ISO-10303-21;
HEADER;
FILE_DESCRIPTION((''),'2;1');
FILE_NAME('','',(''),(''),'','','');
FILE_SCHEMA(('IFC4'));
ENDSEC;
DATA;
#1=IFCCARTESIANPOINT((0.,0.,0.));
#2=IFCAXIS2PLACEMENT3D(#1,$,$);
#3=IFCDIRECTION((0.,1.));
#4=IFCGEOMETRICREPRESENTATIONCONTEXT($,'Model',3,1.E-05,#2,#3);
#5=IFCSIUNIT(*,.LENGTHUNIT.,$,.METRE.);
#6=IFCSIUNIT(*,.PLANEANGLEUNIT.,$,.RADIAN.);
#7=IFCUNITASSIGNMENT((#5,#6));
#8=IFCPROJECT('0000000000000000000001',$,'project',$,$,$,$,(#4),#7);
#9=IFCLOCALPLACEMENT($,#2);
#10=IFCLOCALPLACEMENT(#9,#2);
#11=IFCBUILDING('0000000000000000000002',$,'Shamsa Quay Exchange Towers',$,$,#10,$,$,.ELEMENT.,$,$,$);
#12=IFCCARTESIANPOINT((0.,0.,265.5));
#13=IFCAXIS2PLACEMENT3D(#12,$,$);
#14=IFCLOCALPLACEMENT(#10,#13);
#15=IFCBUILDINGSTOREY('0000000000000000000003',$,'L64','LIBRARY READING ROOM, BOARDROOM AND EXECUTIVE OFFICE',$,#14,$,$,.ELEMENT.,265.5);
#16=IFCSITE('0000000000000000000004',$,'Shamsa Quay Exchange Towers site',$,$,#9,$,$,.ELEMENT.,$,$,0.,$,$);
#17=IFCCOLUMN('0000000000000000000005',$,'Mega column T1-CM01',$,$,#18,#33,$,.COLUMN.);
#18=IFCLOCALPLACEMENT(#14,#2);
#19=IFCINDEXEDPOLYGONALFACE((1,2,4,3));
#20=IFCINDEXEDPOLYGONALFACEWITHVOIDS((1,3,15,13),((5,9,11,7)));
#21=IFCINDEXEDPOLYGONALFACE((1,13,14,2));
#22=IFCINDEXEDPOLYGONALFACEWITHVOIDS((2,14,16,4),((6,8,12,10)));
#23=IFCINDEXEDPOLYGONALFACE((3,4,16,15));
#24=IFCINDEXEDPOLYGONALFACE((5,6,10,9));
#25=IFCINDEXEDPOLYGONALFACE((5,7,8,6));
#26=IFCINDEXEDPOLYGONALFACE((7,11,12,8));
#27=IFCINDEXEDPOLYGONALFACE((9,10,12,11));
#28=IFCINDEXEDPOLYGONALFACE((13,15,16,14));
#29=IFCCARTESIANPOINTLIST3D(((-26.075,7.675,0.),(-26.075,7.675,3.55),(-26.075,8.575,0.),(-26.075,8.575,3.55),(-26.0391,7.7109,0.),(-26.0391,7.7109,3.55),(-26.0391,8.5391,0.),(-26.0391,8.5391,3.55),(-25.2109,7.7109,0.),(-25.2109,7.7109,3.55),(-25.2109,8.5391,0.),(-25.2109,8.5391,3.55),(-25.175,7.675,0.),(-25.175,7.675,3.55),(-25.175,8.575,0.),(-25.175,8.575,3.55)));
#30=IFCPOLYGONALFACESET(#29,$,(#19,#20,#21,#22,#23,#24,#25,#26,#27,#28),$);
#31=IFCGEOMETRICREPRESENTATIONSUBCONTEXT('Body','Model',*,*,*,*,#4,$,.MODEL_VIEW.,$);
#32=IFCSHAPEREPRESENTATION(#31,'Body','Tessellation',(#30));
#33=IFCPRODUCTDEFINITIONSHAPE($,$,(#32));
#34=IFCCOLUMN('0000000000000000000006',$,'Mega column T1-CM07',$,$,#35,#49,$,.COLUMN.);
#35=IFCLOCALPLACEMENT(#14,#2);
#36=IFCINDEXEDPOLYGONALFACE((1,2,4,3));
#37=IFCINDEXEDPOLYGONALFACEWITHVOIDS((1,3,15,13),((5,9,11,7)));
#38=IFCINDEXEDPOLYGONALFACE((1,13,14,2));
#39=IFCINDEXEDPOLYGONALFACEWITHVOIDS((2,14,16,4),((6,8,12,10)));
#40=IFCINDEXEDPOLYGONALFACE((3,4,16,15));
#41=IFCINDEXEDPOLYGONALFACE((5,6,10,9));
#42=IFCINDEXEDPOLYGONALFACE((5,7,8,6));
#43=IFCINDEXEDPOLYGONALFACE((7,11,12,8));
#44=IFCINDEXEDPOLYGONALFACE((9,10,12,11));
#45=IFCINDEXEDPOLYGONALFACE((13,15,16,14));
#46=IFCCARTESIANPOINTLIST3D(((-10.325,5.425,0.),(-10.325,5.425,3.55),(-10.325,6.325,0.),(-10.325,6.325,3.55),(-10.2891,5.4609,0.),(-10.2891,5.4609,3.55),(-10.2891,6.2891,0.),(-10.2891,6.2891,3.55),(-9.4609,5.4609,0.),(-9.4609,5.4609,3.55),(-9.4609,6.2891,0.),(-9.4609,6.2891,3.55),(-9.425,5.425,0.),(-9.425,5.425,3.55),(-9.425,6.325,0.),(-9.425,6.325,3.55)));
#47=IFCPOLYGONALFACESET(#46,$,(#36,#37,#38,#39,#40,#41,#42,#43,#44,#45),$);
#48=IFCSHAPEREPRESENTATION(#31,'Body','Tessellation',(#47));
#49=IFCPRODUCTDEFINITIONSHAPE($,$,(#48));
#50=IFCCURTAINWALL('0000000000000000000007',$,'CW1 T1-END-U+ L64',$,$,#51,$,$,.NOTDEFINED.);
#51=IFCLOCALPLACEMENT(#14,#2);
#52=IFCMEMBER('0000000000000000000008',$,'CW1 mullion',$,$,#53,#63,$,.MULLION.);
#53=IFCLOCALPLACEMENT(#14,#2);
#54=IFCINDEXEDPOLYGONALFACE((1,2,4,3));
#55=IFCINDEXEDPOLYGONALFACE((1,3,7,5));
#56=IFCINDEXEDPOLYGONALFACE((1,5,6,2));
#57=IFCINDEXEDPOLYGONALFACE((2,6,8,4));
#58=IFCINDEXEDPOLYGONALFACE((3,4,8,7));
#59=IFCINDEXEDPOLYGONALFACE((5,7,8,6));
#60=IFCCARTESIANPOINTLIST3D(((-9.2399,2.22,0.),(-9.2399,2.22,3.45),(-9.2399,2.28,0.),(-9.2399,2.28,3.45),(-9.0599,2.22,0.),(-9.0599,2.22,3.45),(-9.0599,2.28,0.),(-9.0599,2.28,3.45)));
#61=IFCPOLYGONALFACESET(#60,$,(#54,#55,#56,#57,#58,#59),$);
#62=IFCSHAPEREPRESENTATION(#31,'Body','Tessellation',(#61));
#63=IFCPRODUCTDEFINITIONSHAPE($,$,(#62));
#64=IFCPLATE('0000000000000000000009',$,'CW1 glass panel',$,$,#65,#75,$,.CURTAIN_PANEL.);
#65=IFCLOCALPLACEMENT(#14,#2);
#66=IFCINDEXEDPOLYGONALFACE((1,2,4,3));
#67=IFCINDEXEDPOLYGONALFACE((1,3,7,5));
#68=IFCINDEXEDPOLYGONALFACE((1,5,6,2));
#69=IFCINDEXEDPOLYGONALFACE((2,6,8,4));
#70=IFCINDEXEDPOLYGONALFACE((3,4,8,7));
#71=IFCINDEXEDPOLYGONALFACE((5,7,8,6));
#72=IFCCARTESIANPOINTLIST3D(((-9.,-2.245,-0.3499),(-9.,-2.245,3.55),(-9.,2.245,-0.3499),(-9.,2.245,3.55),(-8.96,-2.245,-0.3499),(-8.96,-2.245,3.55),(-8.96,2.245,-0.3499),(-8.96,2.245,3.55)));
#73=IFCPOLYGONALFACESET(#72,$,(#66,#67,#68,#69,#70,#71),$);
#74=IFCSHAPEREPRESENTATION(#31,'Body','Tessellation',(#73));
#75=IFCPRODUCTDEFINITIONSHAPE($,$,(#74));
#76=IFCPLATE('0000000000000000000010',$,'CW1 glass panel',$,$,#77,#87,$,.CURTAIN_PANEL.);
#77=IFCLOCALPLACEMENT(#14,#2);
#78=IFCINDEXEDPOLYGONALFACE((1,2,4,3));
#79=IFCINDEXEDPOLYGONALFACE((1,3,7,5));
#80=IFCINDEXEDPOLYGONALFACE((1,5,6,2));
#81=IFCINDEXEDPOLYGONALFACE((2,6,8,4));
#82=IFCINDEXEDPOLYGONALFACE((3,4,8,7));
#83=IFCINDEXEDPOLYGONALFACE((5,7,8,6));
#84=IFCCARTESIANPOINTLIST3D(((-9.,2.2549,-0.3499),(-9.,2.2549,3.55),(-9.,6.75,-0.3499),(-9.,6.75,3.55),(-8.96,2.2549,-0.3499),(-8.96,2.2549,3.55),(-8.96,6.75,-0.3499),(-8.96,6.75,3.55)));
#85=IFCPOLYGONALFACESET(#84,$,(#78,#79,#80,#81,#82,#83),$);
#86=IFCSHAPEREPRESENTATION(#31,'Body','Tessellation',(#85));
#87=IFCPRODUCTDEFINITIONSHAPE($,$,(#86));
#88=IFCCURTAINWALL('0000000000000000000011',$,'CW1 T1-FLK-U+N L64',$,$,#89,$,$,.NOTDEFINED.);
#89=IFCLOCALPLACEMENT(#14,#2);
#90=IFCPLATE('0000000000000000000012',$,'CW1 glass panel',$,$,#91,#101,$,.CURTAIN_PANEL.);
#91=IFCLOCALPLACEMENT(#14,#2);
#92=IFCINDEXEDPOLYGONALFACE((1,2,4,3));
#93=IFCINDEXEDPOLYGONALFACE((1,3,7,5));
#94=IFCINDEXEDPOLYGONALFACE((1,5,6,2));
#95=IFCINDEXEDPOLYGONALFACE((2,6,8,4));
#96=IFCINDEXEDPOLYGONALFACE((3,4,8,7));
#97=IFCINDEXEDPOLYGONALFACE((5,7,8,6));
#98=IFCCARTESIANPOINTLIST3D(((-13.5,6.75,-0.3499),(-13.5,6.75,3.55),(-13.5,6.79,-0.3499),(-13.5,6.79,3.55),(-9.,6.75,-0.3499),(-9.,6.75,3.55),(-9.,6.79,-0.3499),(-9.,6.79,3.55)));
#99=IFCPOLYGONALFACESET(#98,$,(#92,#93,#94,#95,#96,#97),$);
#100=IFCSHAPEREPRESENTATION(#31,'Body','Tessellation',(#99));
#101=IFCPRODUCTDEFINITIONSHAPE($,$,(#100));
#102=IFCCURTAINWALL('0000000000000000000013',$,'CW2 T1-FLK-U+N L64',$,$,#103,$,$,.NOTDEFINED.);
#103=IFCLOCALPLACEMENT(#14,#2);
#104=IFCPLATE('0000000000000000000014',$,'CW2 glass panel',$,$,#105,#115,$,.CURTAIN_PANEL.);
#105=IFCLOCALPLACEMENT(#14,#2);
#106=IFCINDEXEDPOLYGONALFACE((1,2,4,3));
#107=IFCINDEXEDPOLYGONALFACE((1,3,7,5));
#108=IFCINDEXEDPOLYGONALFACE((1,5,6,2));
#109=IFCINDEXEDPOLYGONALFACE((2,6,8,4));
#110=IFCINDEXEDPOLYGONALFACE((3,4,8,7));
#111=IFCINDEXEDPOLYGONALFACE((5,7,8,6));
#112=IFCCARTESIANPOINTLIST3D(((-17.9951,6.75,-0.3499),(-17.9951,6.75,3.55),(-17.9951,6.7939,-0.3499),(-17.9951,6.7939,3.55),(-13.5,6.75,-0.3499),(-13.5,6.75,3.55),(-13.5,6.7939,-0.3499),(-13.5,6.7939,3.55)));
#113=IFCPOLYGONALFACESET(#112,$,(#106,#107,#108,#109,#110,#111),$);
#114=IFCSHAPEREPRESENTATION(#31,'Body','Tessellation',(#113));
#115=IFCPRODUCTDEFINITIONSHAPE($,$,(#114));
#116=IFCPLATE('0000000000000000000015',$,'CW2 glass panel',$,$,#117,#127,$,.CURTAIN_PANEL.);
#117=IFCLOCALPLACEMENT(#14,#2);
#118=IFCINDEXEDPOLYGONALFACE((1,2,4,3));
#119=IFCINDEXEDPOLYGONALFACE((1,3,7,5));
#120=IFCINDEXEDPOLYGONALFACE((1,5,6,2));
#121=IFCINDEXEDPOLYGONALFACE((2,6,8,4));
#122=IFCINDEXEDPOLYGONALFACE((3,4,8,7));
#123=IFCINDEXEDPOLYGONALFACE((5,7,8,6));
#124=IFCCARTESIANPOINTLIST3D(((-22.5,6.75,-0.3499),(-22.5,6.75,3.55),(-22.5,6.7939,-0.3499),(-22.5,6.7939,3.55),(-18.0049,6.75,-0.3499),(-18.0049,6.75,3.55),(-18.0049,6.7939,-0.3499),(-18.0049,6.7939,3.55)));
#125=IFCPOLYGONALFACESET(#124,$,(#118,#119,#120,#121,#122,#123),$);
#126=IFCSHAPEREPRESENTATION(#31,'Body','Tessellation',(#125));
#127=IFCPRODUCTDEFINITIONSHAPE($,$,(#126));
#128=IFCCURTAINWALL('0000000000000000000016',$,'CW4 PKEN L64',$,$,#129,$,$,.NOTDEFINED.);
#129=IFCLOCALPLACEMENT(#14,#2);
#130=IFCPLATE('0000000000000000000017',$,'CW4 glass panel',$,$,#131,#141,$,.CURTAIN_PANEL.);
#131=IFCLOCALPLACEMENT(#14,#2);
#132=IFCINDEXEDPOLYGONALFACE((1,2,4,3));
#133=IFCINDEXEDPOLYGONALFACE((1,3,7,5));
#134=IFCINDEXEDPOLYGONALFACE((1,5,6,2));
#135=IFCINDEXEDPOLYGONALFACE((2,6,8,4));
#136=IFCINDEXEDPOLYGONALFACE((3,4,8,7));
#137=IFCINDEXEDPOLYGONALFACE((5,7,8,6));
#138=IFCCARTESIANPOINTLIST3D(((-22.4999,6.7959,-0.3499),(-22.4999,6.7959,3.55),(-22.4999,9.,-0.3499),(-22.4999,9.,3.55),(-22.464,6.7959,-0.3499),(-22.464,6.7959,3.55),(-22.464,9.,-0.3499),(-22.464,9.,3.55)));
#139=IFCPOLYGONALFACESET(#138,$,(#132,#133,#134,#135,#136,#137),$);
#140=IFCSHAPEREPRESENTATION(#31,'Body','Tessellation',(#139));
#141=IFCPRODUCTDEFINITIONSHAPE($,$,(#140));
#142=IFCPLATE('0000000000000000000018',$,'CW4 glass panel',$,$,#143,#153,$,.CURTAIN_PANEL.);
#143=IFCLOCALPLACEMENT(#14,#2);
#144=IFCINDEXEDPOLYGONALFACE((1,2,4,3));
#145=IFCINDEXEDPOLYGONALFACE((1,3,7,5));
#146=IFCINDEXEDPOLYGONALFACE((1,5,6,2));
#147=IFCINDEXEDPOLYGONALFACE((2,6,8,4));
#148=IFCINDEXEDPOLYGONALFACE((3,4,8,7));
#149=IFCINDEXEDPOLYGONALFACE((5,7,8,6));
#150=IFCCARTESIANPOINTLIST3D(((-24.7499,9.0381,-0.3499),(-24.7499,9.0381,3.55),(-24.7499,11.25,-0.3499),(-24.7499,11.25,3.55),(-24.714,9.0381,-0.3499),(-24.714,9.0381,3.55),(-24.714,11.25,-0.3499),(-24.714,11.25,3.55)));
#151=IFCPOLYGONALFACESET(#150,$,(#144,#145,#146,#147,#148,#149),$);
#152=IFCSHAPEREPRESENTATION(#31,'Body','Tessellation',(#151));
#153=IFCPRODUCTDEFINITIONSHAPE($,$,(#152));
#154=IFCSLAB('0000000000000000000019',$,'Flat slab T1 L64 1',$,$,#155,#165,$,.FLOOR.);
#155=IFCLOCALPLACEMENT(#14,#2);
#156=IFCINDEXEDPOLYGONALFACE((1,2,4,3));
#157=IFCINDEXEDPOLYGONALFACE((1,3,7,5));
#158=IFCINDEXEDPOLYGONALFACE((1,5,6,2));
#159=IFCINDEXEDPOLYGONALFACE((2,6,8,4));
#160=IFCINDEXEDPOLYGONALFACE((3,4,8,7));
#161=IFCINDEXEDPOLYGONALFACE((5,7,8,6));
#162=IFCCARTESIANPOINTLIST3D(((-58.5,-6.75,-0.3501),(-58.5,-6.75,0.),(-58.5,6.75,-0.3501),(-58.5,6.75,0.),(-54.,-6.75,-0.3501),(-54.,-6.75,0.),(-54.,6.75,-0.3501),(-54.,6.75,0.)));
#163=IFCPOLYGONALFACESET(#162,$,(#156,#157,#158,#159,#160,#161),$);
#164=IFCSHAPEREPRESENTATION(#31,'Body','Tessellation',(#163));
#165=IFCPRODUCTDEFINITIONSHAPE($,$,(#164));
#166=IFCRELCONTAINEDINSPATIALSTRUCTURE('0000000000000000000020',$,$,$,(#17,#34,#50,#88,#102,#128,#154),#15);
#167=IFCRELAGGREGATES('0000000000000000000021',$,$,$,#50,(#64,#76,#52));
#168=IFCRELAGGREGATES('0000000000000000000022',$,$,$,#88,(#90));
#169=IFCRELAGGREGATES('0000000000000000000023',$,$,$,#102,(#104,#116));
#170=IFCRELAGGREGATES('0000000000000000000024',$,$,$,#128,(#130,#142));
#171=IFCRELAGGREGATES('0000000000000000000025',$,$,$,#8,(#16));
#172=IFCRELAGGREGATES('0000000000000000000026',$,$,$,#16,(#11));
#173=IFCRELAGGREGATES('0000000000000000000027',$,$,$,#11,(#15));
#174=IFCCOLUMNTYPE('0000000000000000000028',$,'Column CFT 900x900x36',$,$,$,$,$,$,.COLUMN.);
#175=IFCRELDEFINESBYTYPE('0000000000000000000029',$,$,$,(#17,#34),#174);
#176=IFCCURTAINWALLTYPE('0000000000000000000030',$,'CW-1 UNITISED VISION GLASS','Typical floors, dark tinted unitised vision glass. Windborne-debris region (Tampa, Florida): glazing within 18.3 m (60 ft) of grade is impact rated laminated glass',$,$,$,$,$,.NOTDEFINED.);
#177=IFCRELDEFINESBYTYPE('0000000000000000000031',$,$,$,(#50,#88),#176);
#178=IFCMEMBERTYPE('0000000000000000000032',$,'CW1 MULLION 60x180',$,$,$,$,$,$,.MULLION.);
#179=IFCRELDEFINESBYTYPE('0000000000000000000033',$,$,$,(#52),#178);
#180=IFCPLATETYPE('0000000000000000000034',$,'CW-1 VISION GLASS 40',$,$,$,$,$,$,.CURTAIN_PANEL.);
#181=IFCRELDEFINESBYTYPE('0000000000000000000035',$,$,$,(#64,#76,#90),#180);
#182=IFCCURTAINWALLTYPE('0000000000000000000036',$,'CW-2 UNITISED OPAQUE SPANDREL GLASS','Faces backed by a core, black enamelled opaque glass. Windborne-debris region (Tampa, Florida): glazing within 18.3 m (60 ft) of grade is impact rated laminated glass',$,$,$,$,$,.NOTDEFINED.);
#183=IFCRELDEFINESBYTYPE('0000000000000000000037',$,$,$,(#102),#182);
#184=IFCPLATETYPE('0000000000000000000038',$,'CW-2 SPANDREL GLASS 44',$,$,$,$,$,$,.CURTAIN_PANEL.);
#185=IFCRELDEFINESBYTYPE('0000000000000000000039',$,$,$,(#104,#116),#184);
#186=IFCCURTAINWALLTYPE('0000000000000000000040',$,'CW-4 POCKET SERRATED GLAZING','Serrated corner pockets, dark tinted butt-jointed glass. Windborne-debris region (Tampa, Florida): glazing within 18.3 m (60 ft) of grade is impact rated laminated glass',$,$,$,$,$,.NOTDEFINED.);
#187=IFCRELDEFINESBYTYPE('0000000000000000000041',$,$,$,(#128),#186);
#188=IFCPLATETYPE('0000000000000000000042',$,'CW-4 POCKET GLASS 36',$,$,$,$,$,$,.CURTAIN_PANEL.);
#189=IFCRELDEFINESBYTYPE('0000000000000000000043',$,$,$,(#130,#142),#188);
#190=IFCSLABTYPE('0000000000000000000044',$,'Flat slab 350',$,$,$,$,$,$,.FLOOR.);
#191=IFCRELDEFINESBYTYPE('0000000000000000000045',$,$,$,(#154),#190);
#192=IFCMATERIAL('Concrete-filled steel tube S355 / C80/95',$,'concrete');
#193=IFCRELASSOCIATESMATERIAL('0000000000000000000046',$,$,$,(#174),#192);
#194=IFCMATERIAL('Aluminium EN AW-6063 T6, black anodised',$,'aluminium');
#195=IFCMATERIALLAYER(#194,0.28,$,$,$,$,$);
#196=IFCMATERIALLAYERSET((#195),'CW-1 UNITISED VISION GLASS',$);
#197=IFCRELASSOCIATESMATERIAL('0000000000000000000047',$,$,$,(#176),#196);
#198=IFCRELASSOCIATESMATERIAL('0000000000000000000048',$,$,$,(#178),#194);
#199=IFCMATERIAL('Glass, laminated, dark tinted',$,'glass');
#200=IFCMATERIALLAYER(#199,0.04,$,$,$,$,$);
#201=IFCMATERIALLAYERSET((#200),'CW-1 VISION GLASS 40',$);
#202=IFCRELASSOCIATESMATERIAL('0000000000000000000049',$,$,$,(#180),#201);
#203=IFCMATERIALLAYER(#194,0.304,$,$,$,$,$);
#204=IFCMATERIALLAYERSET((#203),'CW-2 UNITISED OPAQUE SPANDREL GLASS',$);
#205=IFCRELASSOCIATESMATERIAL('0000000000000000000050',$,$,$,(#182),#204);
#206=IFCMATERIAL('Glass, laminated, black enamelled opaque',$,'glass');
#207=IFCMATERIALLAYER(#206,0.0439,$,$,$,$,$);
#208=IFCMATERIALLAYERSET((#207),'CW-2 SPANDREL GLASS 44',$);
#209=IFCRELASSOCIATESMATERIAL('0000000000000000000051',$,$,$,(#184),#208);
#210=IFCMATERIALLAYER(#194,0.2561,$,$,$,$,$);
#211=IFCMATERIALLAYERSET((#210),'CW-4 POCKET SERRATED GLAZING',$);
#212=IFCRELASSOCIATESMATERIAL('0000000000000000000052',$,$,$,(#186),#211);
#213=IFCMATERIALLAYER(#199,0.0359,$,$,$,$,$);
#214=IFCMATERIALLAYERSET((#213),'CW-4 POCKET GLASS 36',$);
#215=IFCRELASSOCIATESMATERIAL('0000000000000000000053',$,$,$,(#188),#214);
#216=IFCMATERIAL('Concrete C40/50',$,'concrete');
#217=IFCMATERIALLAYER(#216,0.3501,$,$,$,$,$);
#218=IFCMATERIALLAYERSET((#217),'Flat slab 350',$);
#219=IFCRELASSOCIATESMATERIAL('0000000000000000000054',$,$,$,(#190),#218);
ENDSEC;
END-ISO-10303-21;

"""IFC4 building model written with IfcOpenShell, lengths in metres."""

from ifc_helpers import new_model, si_unit, direction, frame, origin, origin_2d, place, context, subcontext, project, spatial, polyline, rectangle, hollow_rectangle, outline, extrude, material, layer, layer_set, material_profile, profile_set, type_object, element, aggregate, save


model = new_model("IFC4")

# Units and contexts
model_context = context("Model", 3, precision=1e-05, world=origin(), true_north=direction((0.0, 1.0)))
body_context = subcontext(model_context, "Body", "Model", "MODEL_VIEW")
ifc_project = project(units=[si_unit("LENGTHUNIT", "METRE"), si_unit("PLANEANGLEUNIT", "RADIAN")], contexts=[model_context])

# Site, building, storey
site_placement = place(None, origin())
site = spatial("IfcSite", under=ifc_project, at=site_placement, Name="Shamsa Quay Exchange Towers site", CompositionType="ELEMENT", RefElevation=0.0)
building_placement = place(site_placement, origin())
building = spatial("IfcBuilding", under=site, at=building_placement, Name="Shamsa Quay Exchange Towers", CompositionType="ELEMENT")
storey_placement = place(building_placement, frame((0.0, 0.0, 265.5)))
storey = spatial("IfcBuildingStorey", under=building, at=storey_placement, Name="L64", Description="LIBRARY READING ROOM, BOARDROOM AND EXECUTIVE OFFICE", CompositionType="ELEMENT", Elevation=265.5)

# Columns
ifc_material_1 = material(Name="Concrete-filled steel tube S355 / C80/95", Category="concrete")
ifc_material_profile_1 = material_profile(ifc_material_1, hollow_rectangle(XDim=0.8999, YDim=0.8999, WallThickness=0.0359, at=origin_2d()), Name="CFT 900x900x36")
ifc_profile_set_1 = profile_set([ifc_material_profile_1], Name="Concrete-filled steel tube S355 / C80/95")
column_type = type_object("IfcColumnType", Name="Column CFT 900x900x36", PredefinedType="COLUMN", material=ifc_profile_set_1)
for number, where, name in (
    (1, (-25.625, 8.125, 0.0), "Mega column T1-CM01"),
    (2, (-9.875, 5.875, 0.0), "Mega column T1-CM07"),
):
    element("IfcColumn", number, at=place(storey_placement, frame(where)), inside=storey, type_object=column_type, Name=name, PredefinedType="COLUMN", context=body_context, shape_type="SweptSolid", body=[
        extrude(hollow_rectangle(XDim=0.8999, YDim=0.8999, WallThickness=0.0359, at=origin_2d()), origin(), (0.0, 0.0, 1.0), 3.55),
    ])

# Curtain wall, member, plates
ifc_material_2 = material(Name="Aluminium EN AW-6063 T6, black anodised", Category="aluminium")
ifc_layer_1 = layer(ifc_material_2, 0.28)
ifc_layer_set_1 = layer_set([ifc_layer_1], Name="CW-1 UNITISED VISION GLASS")
curtain_wall_type_1 = type_object("IfcCurtainWallType", Name="CW-1 UNITISED VISION GLASS", Description="Typical floors, dark tinted unitised vision glass. Windborne-debris region (Tampa, Florida): glazing within 18.3 m (60 ft) of grade is impact rated laminated glass", PredefinedType="NOTDEFINED", material=ifc_layer_set_1)
curtain_wall_1_placement = place(storey_placement, origin())
curtain_wall_1 = element("IfcCurtainWall", 3, at=curtain_wall_1_placement, inside=storey, type_object=curtain_wall_type_1, Name="CW1 T1-END-U+ L64", PredefinedType="NOTDEFINED")
ifc_material_profile_2 = material_profile(ifc_material_2, rectangle(XDim=0.1799, YDim=0.0601, at=origin_2d()), Name="MU60x180")
ifc_profile_set_2 = profile_set([ifc_material_profile_2], Name="Aluminium EN AW-6063 T6, black anodised")
member_type = type_object("IfcMemberType", Name="CW1 MULLION 60x180", PredefinedType="MULLION", material=ifc_profile_set_2)
member_placement = place(storey_placement, frame((-9.1499, 2.25, 0.0), z_axis=(0.0, 0.0, 1.0), x_axis=(-1.0, 0.0, 0.0)))
member = element("IfcMember", 4, at=member_placement, type_object=member_type, Name="CW1 mullion", PredefinedType="MULLION", context=body_context, shape_type="SweptSolid", body=[
    extrude(rectangle(XDim=0.1799, YDim=0.0601, at=origin_2d()), origin(), (0.0, 0.0, 1.0), 3.45),
])
ifc_material_3 = material(Name="Glass, laminated, dark tinted", Category="glass")
ifc_layer_2 = layer(ifc_material_3, 0.04)
ifc_layer_set_2 = layer_set([ifc_layer_2], Name="CW-1 VISION GLASS 40")
plate_type_1 = type_object("IfcPlateType", Name="CW-1 VISION GLASS 40", PredefinedType="CURTAIN_PANEL", material=ifc_layer_set_2)
plate_1_placement = place(storey_placement, frame((-8.98, 0.0, -0.3499), z_axis=(0.0, 0.0, 1.0), x_axis=(0.0, 1.0, 0.0)))
plate_1 = element("IfcPlate", 5, at=plate_1_placement, type_object=plate_type_1, Name="CW1 glass panel", PredefinedType="CURTAIN_PANEL", context=body_context, shape_type="SweptSolid", body=[
    extrude(rectangle(XDim=4.49, YDim=0.04, at=origin_2d()), origin(), (0.0, 0.0, 1.0), 3.8999),
])
plate_2_placement = place(storey_placement, frame((-8.98, 4.5024, -0.3499), z_axis=(0.0, 0.0, 1.0), x_axis=(0.0, 1.0, 0.0)))
plate_2 = element("IfcPlate", 6, at=plate_2_placement, type_object=plate_type_1, Name="CW1 glass panel", PredefinedType="CURTAIN_PANEL", context=body_context, shape_type="SweptSolid", body=[
    extrude(rectangle(XDim=4.4951, YDim=0.04, at=origin_2d()), origin(), (0.0, 0.0, 1.0), 3.8999),
])
aggregate(curtain_wall_1, [plate_1, plate_2, member])

# Curtain wall, plate
curtain_wall_2_placement = place(storey_placement, origin())
curtain_wall_2 = element("IfcCurtainWall", 7, at=curtain_wall_2_placement, inside=storey, type_object=curtain_wall_type_1, Name="CW1 T1-FLK-U+N L64", PredefinedType="NOTDEFINED")
plate_3_placement = place(storey_placement, frame((-11.25, 6.77, -0.3499), z_axis=(0.0, 0.0, 1.0), x_axis=(-1.0, 0.0, 0.0)))
plate_3 = element("IfcPlate", 8, at=plate_3_placement, type_object=plate_type_1, Name="CW1 glass panel", PredefinedType="CURTAIN_PANEL", context=body_context, shape_type="SweptSolid", body=[
    extrude(rectangle(XDim=4.5, YDim=0.04, at=origin_2d()), origin(), (0.0, 0.0, 1.0), 3.8999),
])
aggregate(curtain_wall_2, [plate_3])

# Curtain walls, plates
ifc_layer_3 = layer(ifc_material_2, 0.304)
ifc_layer_set_3 = layer_set([ifc_layer_3], Name="CW-2 UNITISED OPAQUE SPANDREL GLASS")
curtain_wall_type_2 = type_object("IfcCurtainWallType", Name="CW-2 UNITISED OPAQUE SPANDREL GLASS", Description="Faces backed by a core, black enamelled opaque glass. Windborne-debris region (Tampa, Florida): glazing within 18.3 m (60 ft) of grade is impact rated laminated glass", PredefinedType="NOTDEFINED", material=ifc_layer_set_3)
curtain_wall_3_placement = place(storey_placement, origin())
curtain_wall_3 = element("IfcCurtainWall", 9, at=curtain_wall_3_placement, inside=storey, type_object=curtain_wall_type_2, Name="CW2 T1-FLK-U+N L64", PredefinedType="NOTDEFINED")
ifc_material_4 = material(Name="Glass, laminated, black enamelled opaque", Category="glass")
ifc_layer_4 = layer(ifc_material_4, 0.0439)
ifc_layer_set_4 = layer_set([ifc_layer_4], Name="CW-2 SPANDREL GLASS 44")
plate_type_2 = type_object("IfcPlateType", Name="CW-2 SPANDREL GLASS 44", PredefinedType="CURTAIN_PANEL", material=ifc_layer_set_4)
plate_4_placement = place(storey_placement, frame((-15.7476, 6.772, -0.3499), z_axis=(0.0, 0.0, 1.0), x_axis=(-1.0, 0.0, 0.0)))
plate_4 = element("IfcPlate", 10, at=plate_4_placement, type_object=plate_type_2, Name="CW2 glass panel", PredefinedType="CURTAIN_PANEL", context=body_context, shape_type="SweptSolid", body=[
    extrude(rectangle(XDim=4.4951, YDim=0.0439, at=origin_2d()), origin(), (0.0, 0.0, 1.0), 3.8999),
])
plate_5_placement = place(storey_placement, frame((-20.2524, 6.772, -0.3499), z_axis=(0.0, 0.0, 1.0), x_axis=(-1.0, 0.0, 0.0)))
plate_5 = element("IfcPlate", 11, at=plate_5_placement, type_object=plate_type_2, Name="CW2 glass panel", PredefinedType="CURTAIN_PANEL", context=body_context, shape_type="SweptSolid", body=[
    extrude(rectangle(XDim=4.4951, YDim=0.0439, at=origin_2d()), origin(), (0.0, 0.0, 1.0), 3.8999),
])
aggregate(curtain_wall_3, [plate_4, plate_5])
ifc_layer_5 = layer(ifc_material_2, 0.2561)
ifc_layer_set_5 = layer_set([ifc_layer_5], Name="CW-4 POCKET SERRATED GLAZING")
curtain_wall_type_3 = type_object("IfcCurtainWallType", Name="CW-4 POCKET SERRATED GLAZING", Description="Serrated corner pockets, dark tinted butt-jointed glass. Windborne-debris region (Tampa, Florida): glazing within 18.3 m (60 ft) of grade is impact rated laminated glass", PredefinedType="NOTDEFINED", material=ifc_layer_set_5)
curtain_wall_4_placement = place(storey_placement, origin())
curtain_wall_4 = element("IfcCurtainWall", 12, at=curtain_wall_4_placement, inside=storey, type_object=curtain_wall_type_3, Name="CW4 PKEN L64", PredefinedType="NOTDEFINED")
ifc_layer_6 = layer(ifc_material_3, 0.0359)
ifc_layer_set_6 = layer_set([ifc_layer_6], Name="CW-4 POCKET GLASS 36")
plate_type_3 = type_object("IfcPlateType", Name="CW-4 POCKET GLASS 36", PredefinedType="CURTAIN_PANEL", material=ifc_layer_set_6)
plate_6_placement = place(storey_placement, frame((-22.4819, 7.8979, -0.3499), z_axis=(0.0, 0.0, 1.0), x_axis=(0.0, 1.0, 0.0)))
plate_6 = element("IfcPlate", 13, at=plate_6_placement, type_object=plate_type_3, Name="CW4 glass panel", PredefinedType="CURTAIN_PANEL", context=body_context, shape_type="SweptSolid", body=[
    extrude(rectangle(XDim=2.2041, YDim=0.0359, at=origin_2d()), origin(), (0.0, 0.0, 1.0), 3.8999),
])
plate_7_placement = place(storey_placement, frame((-24.7319, 10.144, -0.3499), z_axis=(0.0, 0.0, 1.0), x_axis=(0.0, 1.0, 0.0)))
plate_7 = element("IfcPlate", 14, at=plate_7_placement, type_object=plate_type_3, Name="CW4 glass panel", PredefinedType="CURTAIN_PANEL", context=body_context, shape_type="SweptSolid", body=[
    extrude(rectangle(XDim=2.2119, YDim=0.0359, at=origin_2d()), origin(), (0.0, 0.0, 1.0), 3.8999),
])
aggregate(curtain_wall_4, [plate_6, plate_7])

# Slab
ifc_material_5 = material(Name="Concrete C40/50", Category="concrete")
ifc_layer_7 = layer(ifc_material_5, 0.3501)
ifc_layer_set_7 = layer_set([ifc_layer_7], Name="Flat slab 350")
slab_type = type_object("IfcSlabType", Name="Flat slab 350", PredefinedType="FLOOR", material=ifc_layer_set_7)
slab_placement = place(storey_placement, frame((0.0, 0.0, -0.3501)))
element("IfcSlab", 15, at=slab_placement, inside=storey, type_object=slab_type, Name="Flat slab T1 L64 1", PredefinedType="FLOOR", context=body_context, shape_type="SweptSolid", body=[
    extrude(outline(polyline([(-58.5, -6.75), (-54.0, -6.75), (-54.0, 6.75), (-58.5, 6.75), (-58.5, -6.75)])), origin(), (0.0, 0.0, 1.0), 0.3501),
])

save(model, "model.ifc")
